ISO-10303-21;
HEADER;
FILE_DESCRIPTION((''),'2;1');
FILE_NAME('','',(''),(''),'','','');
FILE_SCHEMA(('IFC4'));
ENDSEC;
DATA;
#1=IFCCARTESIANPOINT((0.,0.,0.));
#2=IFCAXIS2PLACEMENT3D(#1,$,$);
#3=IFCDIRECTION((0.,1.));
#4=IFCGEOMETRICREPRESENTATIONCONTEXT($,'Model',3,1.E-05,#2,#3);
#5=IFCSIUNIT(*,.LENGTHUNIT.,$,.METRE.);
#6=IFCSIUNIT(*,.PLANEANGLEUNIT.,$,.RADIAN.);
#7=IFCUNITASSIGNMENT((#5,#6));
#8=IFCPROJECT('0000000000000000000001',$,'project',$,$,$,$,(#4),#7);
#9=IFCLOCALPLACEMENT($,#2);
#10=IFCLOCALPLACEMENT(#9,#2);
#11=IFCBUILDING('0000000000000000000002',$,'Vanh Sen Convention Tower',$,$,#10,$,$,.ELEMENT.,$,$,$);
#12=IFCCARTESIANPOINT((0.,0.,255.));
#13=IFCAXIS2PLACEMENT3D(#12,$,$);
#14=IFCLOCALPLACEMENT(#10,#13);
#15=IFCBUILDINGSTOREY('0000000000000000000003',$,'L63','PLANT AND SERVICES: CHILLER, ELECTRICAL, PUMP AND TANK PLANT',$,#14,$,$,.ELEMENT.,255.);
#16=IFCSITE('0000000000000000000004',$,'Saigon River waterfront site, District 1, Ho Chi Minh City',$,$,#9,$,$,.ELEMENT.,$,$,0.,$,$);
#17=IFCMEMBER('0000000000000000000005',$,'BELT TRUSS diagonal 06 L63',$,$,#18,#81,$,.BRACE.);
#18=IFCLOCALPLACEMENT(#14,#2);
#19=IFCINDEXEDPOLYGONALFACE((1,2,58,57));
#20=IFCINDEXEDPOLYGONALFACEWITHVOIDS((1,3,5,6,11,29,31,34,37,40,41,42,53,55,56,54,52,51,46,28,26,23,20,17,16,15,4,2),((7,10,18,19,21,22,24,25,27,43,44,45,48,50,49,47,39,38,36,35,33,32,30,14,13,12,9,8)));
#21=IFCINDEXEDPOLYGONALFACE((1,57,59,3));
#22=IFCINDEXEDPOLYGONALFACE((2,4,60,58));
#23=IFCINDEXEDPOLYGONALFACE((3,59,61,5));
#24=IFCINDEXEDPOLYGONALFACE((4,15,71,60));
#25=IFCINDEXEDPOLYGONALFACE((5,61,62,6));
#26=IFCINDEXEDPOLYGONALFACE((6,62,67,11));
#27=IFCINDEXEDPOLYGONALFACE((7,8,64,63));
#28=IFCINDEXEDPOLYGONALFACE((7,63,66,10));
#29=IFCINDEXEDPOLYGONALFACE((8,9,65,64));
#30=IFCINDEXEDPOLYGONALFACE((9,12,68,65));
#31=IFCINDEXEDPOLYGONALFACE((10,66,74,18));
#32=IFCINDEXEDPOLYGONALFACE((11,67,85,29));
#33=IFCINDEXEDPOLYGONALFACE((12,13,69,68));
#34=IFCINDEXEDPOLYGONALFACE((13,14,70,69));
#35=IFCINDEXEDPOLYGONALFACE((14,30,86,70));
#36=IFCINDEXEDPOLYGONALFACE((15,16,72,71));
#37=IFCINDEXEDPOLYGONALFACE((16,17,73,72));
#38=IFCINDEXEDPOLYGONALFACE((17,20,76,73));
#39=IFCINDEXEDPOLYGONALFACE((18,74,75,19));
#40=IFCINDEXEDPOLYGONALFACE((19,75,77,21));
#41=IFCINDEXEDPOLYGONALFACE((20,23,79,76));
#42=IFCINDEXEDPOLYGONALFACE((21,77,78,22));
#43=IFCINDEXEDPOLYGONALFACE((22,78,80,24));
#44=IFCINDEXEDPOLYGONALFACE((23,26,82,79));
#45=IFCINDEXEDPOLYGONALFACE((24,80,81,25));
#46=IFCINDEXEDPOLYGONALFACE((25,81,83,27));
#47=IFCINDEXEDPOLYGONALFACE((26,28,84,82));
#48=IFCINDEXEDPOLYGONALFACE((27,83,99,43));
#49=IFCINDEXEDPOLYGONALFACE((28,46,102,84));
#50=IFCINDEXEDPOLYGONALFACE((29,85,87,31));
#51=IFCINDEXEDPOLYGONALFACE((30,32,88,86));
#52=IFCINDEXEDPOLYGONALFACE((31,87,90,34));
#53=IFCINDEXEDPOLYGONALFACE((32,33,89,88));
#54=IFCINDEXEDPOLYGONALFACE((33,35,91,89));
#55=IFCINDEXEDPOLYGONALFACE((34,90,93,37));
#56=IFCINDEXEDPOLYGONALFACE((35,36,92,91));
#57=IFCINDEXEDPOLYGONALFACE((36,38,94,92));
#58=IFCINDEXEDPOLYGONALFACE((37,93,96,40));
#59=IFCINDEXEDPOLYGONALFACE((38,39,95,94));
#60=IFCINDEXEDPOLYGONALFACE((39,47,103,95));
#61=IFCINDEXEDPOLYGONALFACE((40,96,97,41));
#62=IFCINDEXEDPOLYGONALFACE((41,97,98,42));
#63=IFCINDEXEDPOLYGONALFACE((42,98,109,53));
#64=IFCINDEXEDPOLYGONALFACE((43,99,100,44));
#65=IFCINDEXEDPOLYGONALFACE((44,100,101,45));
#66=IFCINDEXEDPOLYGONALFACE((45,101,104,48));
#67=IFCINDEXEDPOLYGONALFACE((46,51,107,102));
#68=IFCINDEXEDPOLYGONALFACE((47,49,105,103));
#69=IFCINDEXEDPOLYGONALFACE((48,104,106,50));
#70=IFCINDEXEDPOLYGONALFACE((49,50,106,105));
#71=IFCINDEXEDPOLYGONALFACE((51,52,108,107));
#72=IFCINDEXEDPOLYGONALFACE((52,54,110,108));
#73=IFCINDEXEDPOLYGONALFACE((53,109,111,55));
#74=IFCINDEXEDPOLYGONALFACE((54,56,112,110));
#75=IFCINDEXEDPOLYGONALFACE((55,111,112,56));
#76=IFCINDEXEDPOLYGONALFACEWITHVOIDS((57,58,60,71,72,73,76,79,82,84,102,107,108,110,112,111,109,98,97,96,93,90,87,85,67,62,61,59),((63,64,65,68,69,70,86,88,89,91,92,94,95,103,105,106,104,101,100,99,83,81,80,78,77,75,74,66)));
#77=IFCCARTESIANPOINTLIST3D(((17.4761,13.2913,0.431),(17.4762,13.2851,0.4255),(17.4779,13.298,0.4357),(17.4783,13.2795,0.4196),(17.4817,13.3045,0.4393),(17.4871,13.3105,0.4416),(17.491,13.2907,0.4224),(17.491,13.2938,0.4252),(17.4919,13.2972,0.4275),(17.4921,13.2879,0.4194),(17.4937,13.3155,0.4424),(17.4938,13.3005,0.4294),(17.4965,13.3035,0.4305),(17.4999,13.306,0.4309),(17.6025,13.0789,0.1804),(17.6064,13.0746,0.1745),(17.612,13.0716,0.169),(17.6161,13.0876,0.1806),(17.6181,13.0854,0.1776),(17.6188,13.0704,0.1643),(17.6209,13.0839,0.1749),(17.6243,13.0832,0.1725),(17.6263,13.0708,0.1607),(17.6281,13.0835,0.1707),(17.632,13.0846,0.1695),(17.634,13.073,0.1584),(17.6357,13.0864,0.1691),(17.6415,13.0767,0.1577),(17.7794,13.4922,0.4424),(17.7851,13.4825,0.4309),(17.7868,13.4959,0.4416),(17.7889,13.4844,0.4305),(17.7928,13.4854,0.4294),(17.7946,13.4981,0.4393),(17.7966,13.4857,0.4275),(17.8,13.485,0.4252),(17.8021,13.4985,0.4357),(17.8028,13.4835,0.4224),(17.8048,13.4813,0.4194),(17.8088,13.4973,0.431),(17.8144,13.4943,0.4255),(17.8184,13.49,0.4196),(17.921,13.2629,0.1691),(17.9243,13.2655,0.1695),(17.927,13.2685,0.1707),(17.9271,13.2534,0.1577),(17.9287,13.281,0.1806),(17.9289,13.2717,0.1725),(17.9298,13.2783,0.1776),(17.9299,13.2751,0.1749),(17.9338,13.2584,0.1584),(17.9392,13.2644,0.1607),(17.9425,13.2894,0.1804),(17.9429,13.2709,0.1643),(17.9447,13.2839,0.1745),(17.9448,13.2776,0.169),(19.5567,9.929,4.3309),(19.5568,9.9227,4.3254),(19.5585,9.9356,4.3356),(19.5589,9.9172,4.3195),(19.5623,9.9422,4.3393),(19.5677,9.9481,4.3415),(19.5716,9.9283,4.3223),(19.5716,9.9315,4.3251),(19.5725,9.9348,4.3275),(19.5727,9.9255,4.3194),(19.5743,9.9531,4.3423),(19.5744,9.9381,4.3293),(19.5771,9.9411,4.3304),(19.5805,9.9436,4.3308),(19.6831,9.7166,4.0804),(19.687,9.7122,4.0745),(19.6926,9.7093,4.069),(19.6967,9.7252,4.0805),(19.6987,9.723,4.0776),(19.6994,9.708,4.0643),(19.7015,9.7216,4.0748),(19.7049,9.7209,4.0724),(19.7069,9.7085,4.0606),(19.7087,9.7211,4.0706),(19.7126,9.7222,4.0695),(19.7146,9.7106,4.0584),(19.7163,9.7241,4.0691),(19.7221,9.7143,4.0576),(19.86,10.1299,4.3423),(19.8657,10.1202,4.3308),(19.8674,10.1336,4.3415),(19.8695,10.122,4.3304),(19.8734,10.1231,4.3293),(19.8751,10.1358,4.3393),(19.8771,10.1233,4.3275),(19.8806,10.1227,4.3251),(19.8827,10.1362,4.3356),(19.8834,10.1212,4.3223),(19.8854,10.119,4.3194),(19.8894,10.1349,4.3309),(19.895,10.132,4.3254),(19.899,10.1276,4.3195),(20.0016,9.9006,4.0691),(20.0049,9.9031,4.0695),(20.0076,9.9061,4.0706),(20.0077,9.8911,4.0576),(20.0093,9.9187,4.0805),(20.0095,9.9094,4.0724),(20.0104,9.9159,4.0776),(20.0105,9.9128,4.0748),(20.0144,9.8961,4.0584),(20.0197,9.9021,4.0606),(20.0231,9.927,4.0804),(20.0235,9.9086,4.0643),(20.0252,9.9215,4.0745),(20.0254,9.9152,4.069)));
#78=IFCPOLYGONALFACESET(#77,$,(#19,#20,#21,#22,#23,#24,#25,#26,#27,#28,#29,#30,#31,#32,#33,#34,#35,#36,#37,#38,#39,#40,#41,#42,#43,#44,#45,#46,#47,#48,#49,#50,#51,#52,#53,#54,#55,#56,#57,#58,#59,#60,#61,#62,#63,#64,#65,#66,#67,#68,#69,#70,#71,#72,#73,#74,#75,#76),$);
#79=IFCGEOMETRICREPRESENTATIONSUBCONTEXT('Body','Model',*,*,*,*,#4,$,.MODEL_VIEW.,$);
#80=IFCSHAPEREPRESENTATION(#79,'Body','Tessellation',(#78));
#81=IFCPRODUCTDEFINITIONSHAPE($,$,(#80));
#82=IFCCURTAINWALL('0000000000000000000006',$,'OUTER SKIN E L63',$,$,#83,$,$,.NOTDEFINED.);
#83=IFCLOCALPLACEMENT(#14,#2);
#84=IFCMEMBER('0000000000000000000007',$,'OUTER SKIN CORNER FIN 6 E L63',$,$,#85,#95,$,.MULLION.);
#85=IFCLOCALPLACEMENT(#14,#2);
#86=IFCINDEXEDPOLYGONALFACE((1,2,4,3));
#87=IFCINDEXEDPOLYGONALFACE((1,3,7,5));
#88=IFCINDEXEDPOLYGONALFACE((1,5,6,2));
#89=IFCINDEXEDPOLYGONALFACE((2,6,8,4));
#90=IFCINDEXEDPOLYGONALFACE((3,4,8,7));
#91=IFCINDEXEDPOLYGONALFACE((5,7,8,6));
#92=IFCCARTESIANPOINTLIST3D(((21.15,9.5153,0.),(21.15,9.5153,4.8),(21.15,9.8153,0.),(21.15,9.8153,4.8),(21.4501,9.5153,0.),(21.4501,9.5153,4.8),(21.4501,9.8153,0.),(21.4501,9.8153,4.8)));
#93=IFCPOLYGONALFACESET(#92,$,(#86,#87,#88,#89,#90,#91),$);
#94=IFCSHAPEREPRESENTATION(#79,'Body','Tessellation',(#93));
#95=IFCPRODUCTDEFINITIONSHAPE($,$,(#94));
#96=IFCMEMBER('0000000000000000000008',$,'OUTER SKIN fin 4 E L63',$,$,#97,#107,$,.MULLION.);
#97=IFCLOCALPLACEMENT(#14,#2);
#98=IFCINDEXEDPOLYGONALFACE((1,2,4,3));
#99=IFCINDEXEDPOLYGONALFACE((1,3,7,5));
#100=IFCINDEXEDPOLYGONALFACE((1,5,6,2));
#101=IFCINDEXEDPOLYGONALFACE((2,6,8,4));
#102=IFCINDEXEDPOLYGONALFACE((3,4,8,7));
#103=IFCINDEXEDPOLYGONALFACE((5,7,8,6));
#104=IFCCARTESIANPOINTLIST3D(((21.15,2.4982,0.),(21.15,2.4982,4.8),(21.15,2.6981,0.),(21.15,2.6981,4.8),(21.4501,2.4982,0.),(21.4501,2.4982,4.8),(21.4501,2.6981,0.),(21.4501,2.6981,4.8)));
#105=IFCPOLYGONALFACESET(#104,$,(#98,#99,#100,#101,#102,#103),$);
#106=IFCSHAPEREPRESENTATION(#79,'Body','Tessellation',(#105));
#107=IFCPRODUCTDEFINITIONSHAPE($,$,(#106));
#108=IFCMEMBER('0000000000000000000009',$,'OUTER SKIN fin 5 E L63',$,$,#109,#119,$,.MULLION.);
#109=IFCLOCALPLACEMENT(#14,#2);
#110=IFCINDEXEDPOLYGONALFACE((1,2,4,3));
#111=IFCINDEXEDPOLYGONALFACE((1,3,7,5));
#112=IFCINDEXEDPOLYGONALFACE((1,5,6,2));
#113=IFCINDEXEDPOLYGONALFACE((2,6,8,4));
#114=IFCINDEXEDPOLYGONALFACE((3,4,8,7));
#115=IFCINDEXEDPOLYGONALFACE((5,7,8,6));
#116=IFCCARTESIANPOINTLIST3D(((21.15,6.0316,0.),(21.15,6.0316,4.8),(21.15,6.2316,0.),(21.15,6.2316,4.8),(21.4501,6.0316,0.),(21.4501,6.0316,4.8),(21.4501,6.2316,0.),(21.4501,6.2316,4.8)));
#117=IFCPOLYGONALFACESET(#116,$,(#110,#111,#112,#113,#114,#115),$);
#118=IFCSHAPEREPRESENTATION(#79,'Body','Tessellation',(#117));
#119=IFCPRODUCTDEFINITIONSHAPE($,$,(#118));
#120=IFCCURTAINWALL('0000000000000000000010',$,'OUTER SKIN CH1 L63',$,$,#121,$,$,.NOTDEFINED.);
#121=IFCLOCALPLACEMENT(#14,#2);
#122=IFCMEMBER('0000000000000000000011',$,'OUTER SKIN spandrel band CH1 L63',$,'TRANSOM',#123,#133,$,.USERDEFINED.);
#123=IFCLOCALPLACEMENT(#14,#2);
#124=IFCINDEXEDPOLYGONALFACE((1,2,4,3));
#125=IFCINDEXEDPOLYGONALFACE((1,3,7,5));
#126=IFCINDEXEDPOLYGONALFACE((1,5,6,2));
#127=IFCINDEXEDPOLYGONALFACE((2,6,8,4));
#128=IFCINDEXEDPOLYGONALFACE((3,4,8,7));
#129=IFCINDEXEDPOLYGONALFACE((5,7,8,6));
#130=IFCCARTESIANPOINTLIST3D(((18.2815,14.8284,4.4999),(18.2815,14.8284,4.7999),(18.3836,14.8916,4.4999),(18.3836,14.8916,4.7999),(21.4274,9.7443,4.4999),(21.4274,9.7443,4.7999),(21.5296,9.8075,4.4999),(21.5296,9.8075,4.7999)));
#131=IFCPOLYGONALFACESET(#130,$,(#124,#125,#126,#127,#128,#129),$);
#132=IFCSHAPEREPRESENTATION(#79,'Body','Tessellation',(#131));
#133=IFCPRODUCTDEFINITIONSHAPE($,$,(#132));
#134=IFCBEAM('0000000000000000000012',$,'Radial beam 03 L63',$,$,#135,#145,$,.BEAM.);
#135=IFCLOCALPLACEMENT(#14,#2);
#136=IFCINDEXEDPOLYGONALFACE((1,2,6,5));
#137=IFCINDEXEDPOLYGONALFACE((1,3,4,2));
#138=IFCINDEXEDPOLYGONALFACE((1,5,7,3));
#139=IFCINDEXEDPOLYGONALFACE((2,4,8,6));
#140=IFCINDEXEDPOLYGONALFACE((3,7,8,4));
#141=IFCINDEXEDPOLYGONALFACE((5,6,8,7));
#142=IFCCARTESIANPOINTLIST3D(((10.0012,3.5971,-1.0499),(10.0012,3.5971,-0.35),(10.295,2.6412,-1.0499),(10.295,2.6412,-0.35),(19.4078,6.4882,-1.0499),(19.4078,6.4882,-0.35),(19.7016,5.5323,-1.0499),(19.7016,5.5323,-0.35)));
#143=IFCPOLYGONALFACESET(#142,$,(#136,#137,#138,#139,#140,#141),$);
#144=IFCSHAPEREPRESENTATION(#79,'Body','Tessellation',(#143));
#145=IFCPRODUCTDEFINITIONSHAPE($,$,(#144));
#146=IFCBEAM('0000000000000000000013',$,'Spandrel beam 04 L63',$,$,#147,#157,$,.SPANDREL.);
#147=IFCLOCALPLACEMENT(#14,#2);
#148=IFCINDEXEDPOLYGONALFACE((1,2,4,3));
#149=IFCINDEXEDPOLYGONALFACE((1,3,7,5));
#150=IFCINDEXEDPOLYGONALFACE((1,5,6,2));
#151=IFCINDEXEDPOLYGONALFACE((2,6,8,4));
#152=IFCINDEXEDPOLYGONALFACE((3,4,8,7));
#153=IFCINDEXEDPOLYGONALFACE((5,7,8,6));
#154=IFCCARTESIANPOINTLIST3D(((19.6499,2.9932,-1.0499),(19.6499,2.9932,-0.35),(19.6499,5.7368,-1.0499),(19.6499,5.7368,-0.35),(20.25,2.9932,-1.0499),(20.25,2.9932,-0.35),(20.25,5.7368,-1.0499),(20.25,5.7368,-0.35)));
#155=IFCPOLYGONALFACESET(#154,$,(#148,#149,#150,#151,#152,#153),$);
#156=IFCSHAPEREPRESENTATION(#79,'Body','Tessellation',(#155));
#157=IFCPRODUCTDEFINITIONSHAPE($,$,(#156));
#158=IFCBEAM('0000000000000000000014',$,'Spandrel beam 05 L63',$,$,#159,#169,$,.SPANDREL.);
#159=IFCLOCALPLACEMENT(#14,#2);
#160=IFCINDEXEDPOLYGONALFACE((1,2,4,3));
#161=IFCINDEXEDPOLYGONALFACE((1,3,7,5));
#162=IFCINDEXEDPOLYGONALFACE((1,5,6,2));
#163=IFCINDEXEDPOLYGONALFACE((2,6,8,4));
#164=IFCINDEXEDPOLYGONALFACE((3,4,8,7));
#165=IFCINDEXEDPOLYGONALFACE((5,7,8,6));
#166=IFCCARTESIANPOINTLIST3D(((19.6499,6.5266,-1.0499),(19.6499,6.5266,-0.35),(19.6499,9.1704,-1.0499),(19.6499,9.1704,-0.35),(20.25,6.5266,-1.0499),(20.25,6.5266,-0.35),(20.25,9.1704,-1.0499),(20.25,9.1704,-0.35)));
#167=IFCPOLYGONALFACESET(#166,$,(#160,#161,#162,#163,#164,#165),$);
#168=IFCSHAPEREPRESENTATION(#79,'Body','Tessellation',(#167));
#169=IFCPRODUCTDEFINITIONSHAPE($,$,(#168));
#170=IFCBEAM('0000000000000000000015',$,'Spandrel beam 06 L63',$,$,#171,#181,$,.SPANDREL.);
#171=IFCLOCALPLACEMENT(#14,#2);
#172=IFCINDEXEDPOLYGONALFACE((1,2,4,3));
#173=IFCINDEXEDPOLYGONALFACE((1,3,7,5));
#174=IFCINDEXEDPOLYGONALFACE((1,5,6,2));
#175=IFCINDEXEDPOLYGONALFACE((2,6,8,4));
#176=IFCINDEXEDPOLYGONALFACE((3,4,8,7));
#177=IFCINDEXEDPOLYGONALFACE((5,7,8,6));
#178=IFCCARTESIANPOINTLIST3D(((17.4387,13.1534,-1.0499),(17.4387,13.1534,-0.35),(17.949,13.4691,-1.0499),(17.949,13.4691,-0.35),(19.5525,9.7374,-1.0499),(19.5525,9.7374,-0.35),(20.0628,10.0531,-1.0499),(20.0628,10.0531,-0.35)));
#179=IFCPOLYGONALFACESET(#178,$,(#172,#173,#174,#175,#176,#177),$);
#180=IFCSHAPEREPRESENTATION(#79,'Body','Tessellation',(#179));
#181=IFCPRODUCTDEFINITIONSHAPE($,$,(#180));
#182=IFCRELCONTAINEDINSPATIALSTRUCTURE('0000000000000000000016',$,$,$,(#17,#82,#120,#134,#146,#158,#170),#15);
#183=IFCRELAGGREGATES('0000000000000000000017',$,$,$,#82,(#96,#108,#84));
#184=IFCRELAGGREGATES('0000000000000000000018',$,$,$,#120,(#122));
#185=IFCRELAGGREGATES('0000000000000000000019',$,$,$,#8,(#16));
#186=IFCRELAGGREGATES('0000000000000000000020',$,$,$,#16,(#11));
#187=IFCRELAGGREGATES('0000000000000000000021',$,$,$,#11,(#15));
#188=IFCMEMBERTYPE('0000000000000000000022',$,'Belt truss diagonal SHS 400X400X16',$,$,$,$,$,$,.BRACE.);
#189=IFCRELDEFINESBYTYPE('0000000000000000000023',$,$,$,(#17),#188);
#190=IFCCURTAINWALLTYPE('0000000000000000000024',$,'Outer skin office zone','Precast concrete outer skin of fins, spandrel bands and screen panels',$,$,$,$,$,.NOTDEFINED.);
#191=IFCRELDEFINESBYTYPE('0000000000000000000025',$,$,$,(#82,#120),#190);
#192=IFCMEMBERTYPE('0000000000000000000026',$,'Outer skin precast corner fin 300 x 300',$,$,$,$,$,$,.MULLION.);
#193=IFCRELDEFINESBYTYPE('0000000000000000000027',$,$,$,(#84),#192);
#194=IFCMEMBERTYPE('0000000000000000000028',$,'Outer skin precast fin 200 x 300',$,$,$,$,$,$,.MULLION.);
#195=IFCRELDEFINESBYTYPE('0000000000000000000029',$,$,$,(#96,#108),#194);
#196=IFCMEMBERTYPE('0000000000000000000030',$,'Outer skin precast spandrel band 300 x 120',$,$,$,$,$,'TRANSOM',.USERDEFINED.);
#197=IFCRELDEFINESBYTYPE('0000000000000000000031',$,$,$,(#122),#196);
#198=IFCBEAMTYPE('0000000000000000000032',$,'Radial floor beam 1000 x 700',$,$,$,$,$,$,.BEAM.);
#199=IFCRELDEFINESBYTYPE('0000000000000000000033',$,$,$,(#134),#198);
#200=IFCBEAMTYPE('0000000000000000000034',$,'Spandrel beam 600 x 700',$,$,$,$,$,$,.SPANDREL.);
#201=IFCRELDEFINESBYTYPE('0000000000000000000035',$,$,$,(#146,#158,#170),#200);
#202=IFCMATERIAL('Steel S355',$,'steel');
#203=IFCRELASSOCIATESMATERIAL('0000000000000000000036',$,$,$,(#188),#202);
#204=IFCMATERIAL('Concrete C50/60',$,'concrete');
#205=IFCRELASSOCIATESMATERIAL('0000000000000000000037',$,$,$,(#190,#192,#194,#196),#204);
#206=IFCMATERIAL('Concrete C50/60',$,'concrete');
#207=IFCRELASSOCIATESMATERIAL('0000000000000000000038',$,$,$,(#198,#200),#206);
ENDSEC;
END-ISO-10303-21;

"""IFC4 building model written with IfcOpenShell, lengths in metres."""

from ifc_helpers import new_model, si_unit, direction, frame, origin, origin_2d, place, context, subcontext, project, spatial, rectangle, hollow_rectangle, extrude, material, material_profile, profile_set, type_object, element, aggregate, save


model = new_model("IFC4")

# Units and contexts
model_context = context("Model", 3, precision=1e-05, world=origin(), true_north=direction((0.0, 1.0)))
body_context = subcontext(model_context, "Body", "Model", "MODEL_VIEW")
ifc_project = project(units=[si_unit("LENGTHUNIT", "METRE"), si_unit("PLANEANGLEUNIT", "RADIAN")], contexts=[model_context])

# Site, building, storey
site_placement = place(None, origin())
site = spatial("IfcSite", under=ifc_project, at=site_placement, Name="Saigon River waterfront site, District 1, Ho Chi Minh City", CompositionType="ELEMENT", RefElevation=0.0)
building_placement = place(site_placement, origin())
building = spatial("IfcBuilding", under=site, at=building_placement, Name="Vanh Sen Convention Tower", CompositionType="ELEMENT")
storey_placement = place(building_placement, frame((0.0, 0.0, 255.0)))
storey = spatial("IfcBuildingStorey", under=building, at=storey_placement, Name="L63", Description="PLANT AND SERVICES: CHILLER, ELECTRICAL, PUMP AND TANK PLANT", CompositionType="ELEMENT", Elevation=255.0)

# Member
ifc_material_1 = material(Name="Steel S355", Category="steel")
ifc_material_profile_1 = material_profile(ifc_material_1, hollow_rectangle(XDim=0.3999, YDim=0.3999, WallThickness=0.0161, InnerFilletRadius=0.0161, OuterFilletRadius=0.032, at=origin_2d()), Name="SHS 400X400X16")
ifc_profile_set_1 = profile_set([ifc_material_profile_1], Name="Steel S355")
member_type_1 = type_object("IfcMemberType", Name="Belt truss diagonal SHS 400X400X16", PredefinedType="BRACE", material=ifc_profile_set_1)
member_1_placement = place(storey_placement, frame((19.791, 9.9221, 4.2), z_axis=(-0.37463, 0.605422, -0.702223), x_axis=(-0.850363, -0.526197, 0.0)))
element("IfcMember", 1, at=member_1_placement, inside=storey, type_object=member_type_1, Name="BELT TRUSS diagonal 06 L63", PredefinedType="BRACE", context=body_context, shape_type="SweptSolid", body=[
    extrude(hollow_rectangle(XDim=0.3999, YDim=0.3999, WallThickness=0.0161, InnerFilletRadius=0.0161, OuterFilletRadius=0.032, at=origin_2d()), origin(), (0.0, 0.0, 1.0), 5.5537),
])

# Curtain wall, members
ifc_material_2 = material(Name="Concrete C50/60", Category="concrete")
curtain_wall_type = type_object("IfcCurtainWallType", Name="Outer skin office zone", Description="Precast concrete outer skin of fins, spandrel bands and screen panels", PredefinedType="NOTDEFINED", material=ifc_material_2)
curtain_wall_1_placement = place(storey_placement, origin())
curtain_wall_1 = element("IfcCurtainWall", 2, at=curtain_wall_1_placement, inside=storey, type_object=curtain_wall_type, Name="OUTER SKIN E L63", PredefinedType="NOTDEFINED")
ifc_material_profile_2 = material_profile(ifc_material_2, rectangle(XDim=0.3, YDim=0.3, at=origin_2d()), Name="Outer skin precast corner fin 300 x 300")
ifc_profile_set_2 = profile_set([ifc_material_profile_2], Name="Concrete C50/60")
member_type_2 = type_object("IfcMemberType", Name="Outer skin precast corner fin 300 x 300", PredefinedType="MULLION", material=ifc_profile_set_2)
member_2_placement = place(storey_placement, frame((21.3, 9.6653, 0.0), z_axis=(0.0, 0.0, 1.0), x_axis=(0.0, 1.0, 0.0)))
member_2 = element("IfcMember", 3, at=member_2_placement, type_object=member_type_2, Name="OUTER SKIN CORNER FIN 6 E L63", PredefinedType="MULLION", context=body_context, shape_type="SweptSolid", body=[
    extrude(rectangle(XDim=0.3, YDim=0.3, at=origin_2d()), origin(), (0.0, 0.0, 1.0), 4.8),
])
ifc_material_profile_3 = material_profile(ifc_material_2, rectangle(XDim=0.2, YDim=0.3, at=origin_2d()), Name="Outer skin precast fin 200 x 300")
ifc_profile_set_3 = profile_set([ifc_material_profile_3], Name="Concrete C50/60")
member_type_3 = type_object("IfcMemberType", Name="Outer skin precast fin 200 x 300", PredefinedType="MULLION", material=ifc_profile_set_3)
member_3_placement = place(storey_placement, frame((21.3, 2.5981, 0.0), z_axis=(0.0, 0.0, 1.0), x_axis=(0.0, 1.0, 0.0)))
member_3 = element("IfcMember", 4, at=member_3_placement, type_object=member_type_3, Name="OUTER SKIN fin 4 E L63", PredefinedType="MULLION", context=body_context, shape_type="SweptSolid", body=[
    extrude(rectangle(XDim=0.2, YDim=0.3, at=origin_2d()), origin(), (0.0, 0.0, 1.0), 4.8),
])
member_4_placement = place(storey_placement, frame((21.3, 6.1316, 0.0), z_axis=(0.0, 0.0, 1.0), x_axis=(0.0, 1.0, 0.0)))
member_4 = element("IfcMember", 5, at=member_4_placement, type_object=member_type_3, Name="OUTER SKIN fin 5 E L63", PredefinedType="MULLION", context=body_context, shape_type="SweptSolid", body=[
    extrude(rectangle(XDim=0.2, YDim=0.3, at=origin_2d()), origin(), (0.0, 0.0, 1.0), 4.8),
])

# Curtain wall, member
curtain_wall_2_placement = place(storey_placement, origin())
curtain_wall_2 = element("IfcCurtainWall", 6, at=curtain_wall_2_placement, inside=storey, type_object=curtain_wall_type, Name="OUTER SKIN CH1 L63", PredefinedType="NOTDEFINED")
ifc_material_profile_4 = material_profile(ifc_material_2, rectangle(XDim=0.1201, YDim=0.3, at=origin_2d()), Name="Outer skin precast spandrel band 300 x 120")
ifc_profile_set_4 = profile_set([ifc_material_profile_4], Name="Concrete C50/60")
member_type_4 = type_object("IfcMemberType", Name="Outer skin precast spandrel band 300 x 120", ElementType="TRANSOM", PredefinedType="USERDEFINED", material=ifc_profile_set_4)
member_5_placement = place(storey_placement, frame((21.4785, 9.7759, 4.6499), z_axis=(-0.526187, 0.850369, 0.0), x_axis=(-0.850369, -0.526187, 0.0)))
member_5 = element("IfcMember", 7, at=member_5_placement, type_object=member_type_4, Name="OUTER SKIN spandrel band CH1 L63", ObjectType="TRANSOM", PredefinedType="USERDEFINED", context=body_context, shape_type="SweptSolid", body=[
    extrude(rectangle(XDim=0.1201, YDim=0.3, at=origin_2d()), origin(), (0.0, 0.0, 1.0), 5.9788),
])

# Beams
ifc_material_3 = material(Name="Concrete C50/60", Category="concrete")
ifc_material_profile_5 = material_profile(ifc_material_3, rectangle(XDim=1.0, YDim=0.7, at=origin_2d()), Name="RC 1000X700")
ifc_profile_set_5 = profile_set([ifc_material_profile_5], Name="Concrete C50/60")
beam_type_1 = type_object("IfcBeamType", Name="Radial floor beam 1000 x 700", PredefinedType="BEAM", material=ifc_profile_set_5)
beam_1_placement = place(storey_placement, frame((19.5547, 6.0103, -0.7), z_axis=(-0.95587, -0.293789, 0.0), x_axis=(0.293789, -0.95587, 0.0)))
element("IfcBeam", 8, at=beam_1_placement, inside=storey, type_object=beam_type_1, Name="Radial beam 03 L63", PredefinedType="BEAM", context=body_context, shape_type="SweptSolid", body=[
    extrude(rectangle(XDim=1.0, YDim=0.7, at=origin_2d()), origin(), (0.0, 0.0, 1.0), 9.8408),
])
ifc_material_profile_6 = material_profile(ifc_material_3, rectangle(XDim=0.6001, YDim=0.7, at=origin_2d()), Name="RC 600X700")
ifc_profile_set_6 = profile_set([ifc_material_profile_6], Name="Concrete C50/60")
beam_type_2 = type_object("IfcBeamType", Name="Spandrel beam 600 x 700", PredefinedType="SPANDREL", material=ifc_profile_set_6)
beam_2_placement = place(storey_placement, frame((19.95, 2.9932, -0.7), z_axis=(0.0, 1.0, 0.0), x_axis=(-1.0, 0.0, 0.0)))
element("IfcBeam", 9, at=beam_2_placement, inside=storey, type_object=beam_type_2, Name="Spandrel beam 04 L63", PredefinedType="SPANDREL", context=body_context, shape_type="SweptSolid", body=[
    extrude(rectangle(XDim=0.6001, YDim=0.7, at=origin_2d()), origin(), (0.0, 0.0, 1.0), 2.7437),
])
beam_3_placement = place(storey_placement, frame((19.95, 6.5266, -0.7), z_axis=(0.0, 1.0, 0.0), x_axis=(-1.0, 0.0, 0.0)))
element("IfcBeam", 10, at=beam_3_placement, inside=storey, type_object=beam_type_2, Name="Spandrel beam 05 L63", PredefinedType="SPANDREL", context=body_context, shape_type="SweptSolid", body=[
    extrude(rectangle(XDim=0.6001, YDim=0.7, at=origin_2d()), origin(), (0.0, 0.0, 1.0), 2.6438),
])
beam_4_placement = place(storey_placement, frame((19.8076, 9.8953, -0.7), z_axis=(-0.526191, 0.850366, 0.0), x_axis=(-0.850366, -0.526191, 0.0)))
element("IfcBeam", 11, at=beam_4_placement, inside=storey, type_object=beam_type_2, Name="Spandrel beam 06 L63", PredefinedType="SPANDREL", context=body_context, shape_type="SweptSolid", body=[
    extrude(rectangle(XDim=0.6001, YDim=0.7, at=origin_2d()), origin(), (0.0, 0.0, 1.0), 4.0171),
])

aggregate(curtain_wall_1, [member_3, member_4, member_2])
aggregate(curtain_wall_2, [member_5])

save(model, "model.ifc")
